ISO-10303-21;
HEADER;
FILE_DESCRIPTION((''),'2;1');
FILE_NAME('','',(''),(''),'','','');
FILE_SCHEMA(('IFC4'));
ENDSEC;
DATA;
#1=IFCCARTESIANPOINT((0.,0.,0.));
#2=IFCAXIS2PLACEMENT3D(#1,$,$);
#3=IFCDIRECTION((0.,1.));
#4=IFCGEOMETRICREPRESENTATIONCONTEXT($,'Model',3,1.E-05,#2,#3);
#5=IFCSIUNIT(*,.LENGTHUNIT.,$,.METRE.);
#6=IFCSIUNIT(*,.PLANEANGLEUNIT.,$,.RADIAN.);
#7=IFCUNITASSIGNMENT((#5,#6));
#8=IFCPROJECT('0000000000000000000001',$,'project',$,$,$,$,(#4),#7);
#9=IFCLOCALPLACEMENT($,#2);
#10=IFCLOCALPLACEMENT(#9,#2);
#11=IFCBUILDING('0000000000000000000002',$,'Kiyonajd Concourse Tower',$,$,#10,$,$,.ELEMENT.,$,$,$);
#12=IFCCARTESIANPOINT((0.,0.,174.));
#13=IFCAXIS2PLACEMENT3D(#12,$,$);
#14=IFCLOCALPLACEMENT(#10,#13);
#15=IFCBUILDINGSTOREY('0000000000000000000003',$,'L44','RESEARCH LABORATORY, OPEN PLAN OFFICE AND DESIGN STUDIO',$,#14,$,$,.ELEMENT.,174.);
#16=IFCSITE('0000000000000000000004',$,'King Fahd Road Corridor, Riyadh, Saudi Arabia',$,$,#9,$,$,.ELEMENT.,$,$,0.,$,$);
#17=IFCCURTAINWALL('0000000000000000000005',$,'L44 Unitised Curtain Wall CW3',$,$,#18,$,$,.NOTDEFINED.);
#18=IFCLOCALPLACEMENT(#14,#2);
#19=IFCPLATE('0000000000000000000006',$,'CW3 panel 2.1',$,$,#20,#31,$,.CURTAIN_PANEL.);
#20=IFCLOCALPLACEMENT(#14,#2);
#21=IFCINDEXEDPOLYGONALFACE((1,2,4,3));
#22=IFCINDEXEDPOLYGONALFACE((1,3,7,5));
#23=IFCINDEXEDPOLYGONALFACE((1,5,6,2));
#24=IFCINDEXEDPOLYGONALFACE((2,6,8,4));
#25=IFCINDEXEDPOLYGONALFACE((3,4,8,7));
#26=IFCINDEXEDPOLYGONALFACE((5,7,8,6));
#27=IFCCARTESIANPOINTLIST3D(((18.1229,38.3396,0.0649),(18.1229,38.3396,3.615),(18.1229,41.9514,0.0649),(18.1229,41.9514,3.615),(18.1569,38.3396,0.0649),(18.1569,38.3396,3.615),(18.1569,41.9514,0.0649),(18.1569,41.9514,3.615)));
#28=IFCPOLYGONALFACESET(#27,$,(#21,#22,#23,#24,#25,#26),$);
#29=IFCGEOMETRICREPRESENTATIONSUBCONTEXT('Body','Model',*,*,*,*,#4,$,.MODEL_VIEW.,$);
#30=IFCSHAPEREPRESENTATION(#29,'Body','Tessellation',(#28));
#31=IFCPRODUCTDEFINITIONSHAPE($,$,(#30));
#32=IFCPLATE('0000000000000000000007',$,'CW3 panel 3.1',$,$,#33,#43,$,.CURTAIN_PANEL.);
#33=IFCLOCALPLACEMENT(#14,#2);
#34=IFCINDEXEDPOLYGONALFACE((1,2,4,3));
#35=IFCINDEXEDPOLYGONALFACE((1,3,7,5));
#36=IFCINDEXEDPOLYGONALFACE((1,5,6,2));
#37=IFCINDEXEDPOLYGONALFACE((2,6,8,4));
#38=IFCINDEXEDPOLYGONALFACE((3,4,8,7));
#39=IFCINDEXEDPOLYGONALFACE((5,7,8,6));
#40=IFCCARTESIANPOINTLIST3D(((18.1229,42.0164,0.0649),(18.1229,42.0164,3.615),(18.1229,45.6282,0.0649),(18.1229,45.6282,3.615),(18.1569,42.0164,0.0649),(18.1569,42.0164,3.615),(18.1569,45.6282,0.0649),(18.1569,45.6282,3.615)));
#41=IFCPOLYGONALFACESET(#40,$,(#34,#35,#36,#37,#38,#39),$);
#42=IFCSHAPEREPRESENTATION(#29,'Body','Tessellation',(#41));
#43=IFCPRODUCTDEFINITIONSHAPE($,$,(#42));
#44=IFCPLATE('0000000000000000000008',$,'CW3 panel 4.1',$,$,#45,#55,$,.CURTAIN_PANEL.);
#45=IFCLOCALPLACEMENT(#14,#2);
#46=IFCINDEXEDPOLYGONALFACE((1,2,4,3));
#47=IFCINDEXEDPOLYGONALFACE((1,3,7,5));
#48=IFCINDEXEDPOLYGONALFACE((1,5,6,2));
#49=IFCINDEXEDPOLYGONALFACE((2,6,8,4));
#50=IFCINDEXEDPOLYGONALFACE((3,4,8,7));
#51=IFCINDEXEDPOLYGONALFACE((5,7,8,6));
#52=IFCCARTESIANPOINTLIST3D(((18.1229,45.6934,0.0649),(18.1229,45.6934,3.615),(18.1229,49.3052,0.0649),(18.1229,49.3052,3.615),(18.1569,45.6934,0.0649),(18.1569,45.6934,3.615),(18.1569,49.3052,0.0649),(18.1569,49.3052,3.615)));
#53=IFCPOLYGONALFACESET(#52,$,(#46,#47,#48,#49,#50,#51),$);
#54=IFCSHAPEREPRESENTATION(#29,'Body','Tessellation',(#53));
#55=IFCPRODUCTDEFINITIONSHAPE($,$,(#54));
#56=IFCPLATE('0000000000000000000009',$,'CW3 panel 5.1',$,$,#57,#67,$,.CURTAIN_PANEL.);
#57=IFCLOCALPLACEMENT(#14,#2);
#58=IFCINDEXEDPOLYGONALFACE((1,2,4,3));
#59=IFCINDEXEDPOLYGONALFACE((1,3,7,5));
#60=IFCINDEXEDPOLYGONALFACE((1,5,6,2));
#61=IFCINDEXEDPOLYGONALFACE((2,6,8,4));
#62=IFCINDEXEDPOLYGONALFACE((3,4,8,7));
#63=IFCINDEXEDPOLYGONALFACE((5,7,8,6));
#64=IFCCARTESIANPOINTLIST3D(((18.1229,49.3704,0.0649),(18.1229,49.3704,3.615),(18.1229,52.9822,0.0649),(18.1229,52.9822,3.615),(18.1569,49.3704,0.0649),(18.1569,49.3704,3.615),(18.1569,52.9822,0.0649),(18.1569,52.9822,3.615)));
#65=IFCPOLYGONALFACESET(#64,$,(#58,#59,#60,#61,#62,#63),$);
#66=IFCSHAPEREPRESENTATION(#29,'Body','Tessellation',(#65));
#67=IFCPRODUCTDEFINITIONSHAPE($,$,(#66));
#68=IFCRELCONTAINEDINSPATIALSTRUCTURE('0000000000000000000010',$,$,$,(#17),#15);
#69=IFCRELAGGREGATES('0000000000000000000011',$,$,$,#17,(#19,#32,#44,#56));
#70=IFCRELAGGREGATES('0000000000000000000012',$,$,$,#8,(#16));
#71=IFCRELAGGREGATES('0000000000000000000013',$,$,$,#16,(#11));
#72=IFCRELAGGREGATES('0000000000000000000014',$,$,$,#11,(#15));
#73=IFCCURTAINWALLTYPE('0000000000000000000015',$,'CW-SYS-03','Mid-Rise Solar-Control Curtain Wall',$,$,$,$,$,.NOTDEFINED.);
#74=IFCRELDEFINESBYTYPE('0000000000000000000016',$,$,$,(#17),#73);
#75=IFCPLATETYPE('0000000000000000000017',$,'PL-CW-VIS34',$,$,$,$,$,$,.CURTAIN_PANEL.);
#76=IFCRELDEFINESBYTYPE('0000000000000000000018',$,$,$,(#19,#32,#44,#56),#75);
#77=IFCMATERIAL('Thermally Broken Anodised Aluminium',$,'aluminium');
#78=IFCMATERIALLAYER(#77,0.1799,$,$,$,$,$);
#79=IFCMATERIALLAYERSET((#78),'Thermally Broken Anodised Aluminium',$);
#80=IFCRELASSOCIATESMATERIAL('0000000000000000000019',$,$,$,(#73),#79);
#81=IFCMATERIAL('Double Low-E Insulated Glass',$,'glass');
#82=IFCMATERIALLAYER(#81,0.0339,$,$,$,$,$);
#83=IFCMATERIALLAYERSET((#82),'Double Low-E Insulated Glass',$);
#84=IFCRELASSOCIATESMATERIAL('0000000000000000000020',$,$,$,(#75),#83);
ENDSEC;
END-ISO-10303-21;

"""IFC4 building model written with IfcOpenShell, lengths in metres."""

from ifc_helpers import new_model, si_unit, direction, frame, origin, origin_2d, place, context, subcontext, project, spatial, rectangle, extrude, material, layer, layer_set, type_object, element, aggregate, save


model = new_model("IFC4")

# Units and contexts
model_context = context("Model", 3, precision=1e-05, world=origin(), true_north=direction((0.0, 1.0)))
body_context = subcontext(model_context, "Body", "Model", "MODEL_VIEW")
ifc_project = project(units=[si_unit("LENGTHUNIT", "METRE"), si_unit("PLANEANGLEUNIT", "RADIAN")], contexts=[model_context])

# Site, building, storey
site_placement = place(None, origin())
site = spatial("IfcSite", under=ifc_project, at=site_placement, Name="King Fahd Road Corridor, Riyadh, Saudi Arabia", CompositionType="ELEMENT", RefElevation=0.0)
building_placement = place(site_placement, origin())
building = spatial("IfcBuilding", under=site, at=building_placement, Name="Kiyonajd Concourse Tower", CompositionType="ELEMENT")
storey_placement = place(building_placement, frame((0.0, 0.0, 174.0)))
storey = spatial("IfcBuildingStorey", under=building, at=storey_placement, Name="L44", Description="RESEARCH LABORATORY, OPEN PLAN OFFICE AND DESIGN STUDIO", CompositionType="ELEMENT", Elevation=174.0)

# Curtain wall, plates
ifc_material_1 = material(Name="Thermally Broken Anodised Aluminium", Category="aluminium")
ifc_layer_1 = layer(ifc_material_1, 0.1799)
ifc_layer_set_1 = layer_set([ifc_layer_1], Name="Thermally Broken Anodised Aluminium")
curtain_wall_type = type_object("IfcCurtainWallType", Name="CW-SYS-03", Description="Mid-Rise Solar-Control Curtain Wall", PredefinedType="NOTDEFINED", material=ifc_layer_set_1)
curtain_wall_placement = place(storey_placement, origin())
curtain_wall = element("IfcCurtainWall", 1, at=curtain_wall_placement, inside=storey, type_object=curtain_wall_type, Name="L44 Unitised Curtain Wall CW3", PredefinedType="NOTDEFINED")
ifc_material_2 = material(Name="Double Low-E Insulated Glass", Category="glass")
ifc_layer_2 = layer(ifc_material_2, 0.0339)
ifc_layer_set_2 = layer_set([ifc_layer_2], Name="Double Low-E Insulated Glass")
plate_type = type_object("IfcPlateType", Name="PL-CW-VIS34", PredefinedType="CURTAIN_PANEL", material=ifc_layer_set_2)
plate_1_placement = place(storey_placement, frame((18.1399, 40.1455, 0.0649), z_axis=(0.0, 0.0, 1.0), x_axis=(0.0, 1.0, 0.0)))
plate_1 = element("IfcPlate", 2, at=plate_1_placement, type_object=plate_type, Name="CW3 panel 2.1", PredefinedType="CURTAIN_PANEL", context=body_context, shape_type="SweptSolid", body=[
    extrude(rectangle(XDim=3.6118, YDim=0.0339, at=origin_2d()), origin(), (0.0, 0.0, 1.0), 3.55),
])
plate_2_placement = place(storey_placement, frame((18.1399, 43.8223, 0.0649), z_axis=(0.0, 0.0, 1.0), x_axis=(0.0, 1.0, 0.0)))
plate_2 = element("IfcPlate", 3, at=plate_2_placement, type_object=plate_type, Name="CW3 panel 3.1", PredefinedType="CURTAIN_PANEL", context=body_context, shape_type="SweptSolid", body=[
    extrude(rectangle(XDim=3.6118, YDim=0.0339, at=origin_2d()), origin(), (0.0, 0.0, 1.0), 3.55),
])
plate_3_placement = place(storey_placement, frame((18.1399, 47.4993, 0.0649), z_axis=(0.0, 0.0, 1.0), x_axis=(0.0, 1.0, 0.0)))
plate_3 = element("IfcPlate", 4, at=plate_3_placement, type_object=plate_type, Name="CW3 panel 4.1", PredefinedType="CURTAIN_PANEL", context=body_context, shape_type="SweptSolid", body=[
    extrude(rectangle(XDim=3.6118, YDim=0.0339, at=origin_2d()), origin(), (0.0, 0.0, 1.0), 3.55),
])
plate_4_placement = place(storey_placement, frame((18.1399, 51.1763, 0.0649), z_axis=(0.0, 0.0, 1.0), x_axis=(0.0, 1.0, 0.0)))
plate_4 = element("IfcPlate", 5, at=plate_4_placement, type_object=plate_type, Name="CW3 panel 5.1", PredefinedType="CURTAIN_PANEL", context=body_context, shape_type="SweptSolid", body=[
    extrude(rectangle(XDim=3.6118, YDim=0.0339, at=origin_2d()), origin(), (0.0, 0.0, 1.0), 3.55),
])
aggregate(curtain_wall, [plate_1, plate_2, plate_3, plate_4])

save(model, "model.ifc")
